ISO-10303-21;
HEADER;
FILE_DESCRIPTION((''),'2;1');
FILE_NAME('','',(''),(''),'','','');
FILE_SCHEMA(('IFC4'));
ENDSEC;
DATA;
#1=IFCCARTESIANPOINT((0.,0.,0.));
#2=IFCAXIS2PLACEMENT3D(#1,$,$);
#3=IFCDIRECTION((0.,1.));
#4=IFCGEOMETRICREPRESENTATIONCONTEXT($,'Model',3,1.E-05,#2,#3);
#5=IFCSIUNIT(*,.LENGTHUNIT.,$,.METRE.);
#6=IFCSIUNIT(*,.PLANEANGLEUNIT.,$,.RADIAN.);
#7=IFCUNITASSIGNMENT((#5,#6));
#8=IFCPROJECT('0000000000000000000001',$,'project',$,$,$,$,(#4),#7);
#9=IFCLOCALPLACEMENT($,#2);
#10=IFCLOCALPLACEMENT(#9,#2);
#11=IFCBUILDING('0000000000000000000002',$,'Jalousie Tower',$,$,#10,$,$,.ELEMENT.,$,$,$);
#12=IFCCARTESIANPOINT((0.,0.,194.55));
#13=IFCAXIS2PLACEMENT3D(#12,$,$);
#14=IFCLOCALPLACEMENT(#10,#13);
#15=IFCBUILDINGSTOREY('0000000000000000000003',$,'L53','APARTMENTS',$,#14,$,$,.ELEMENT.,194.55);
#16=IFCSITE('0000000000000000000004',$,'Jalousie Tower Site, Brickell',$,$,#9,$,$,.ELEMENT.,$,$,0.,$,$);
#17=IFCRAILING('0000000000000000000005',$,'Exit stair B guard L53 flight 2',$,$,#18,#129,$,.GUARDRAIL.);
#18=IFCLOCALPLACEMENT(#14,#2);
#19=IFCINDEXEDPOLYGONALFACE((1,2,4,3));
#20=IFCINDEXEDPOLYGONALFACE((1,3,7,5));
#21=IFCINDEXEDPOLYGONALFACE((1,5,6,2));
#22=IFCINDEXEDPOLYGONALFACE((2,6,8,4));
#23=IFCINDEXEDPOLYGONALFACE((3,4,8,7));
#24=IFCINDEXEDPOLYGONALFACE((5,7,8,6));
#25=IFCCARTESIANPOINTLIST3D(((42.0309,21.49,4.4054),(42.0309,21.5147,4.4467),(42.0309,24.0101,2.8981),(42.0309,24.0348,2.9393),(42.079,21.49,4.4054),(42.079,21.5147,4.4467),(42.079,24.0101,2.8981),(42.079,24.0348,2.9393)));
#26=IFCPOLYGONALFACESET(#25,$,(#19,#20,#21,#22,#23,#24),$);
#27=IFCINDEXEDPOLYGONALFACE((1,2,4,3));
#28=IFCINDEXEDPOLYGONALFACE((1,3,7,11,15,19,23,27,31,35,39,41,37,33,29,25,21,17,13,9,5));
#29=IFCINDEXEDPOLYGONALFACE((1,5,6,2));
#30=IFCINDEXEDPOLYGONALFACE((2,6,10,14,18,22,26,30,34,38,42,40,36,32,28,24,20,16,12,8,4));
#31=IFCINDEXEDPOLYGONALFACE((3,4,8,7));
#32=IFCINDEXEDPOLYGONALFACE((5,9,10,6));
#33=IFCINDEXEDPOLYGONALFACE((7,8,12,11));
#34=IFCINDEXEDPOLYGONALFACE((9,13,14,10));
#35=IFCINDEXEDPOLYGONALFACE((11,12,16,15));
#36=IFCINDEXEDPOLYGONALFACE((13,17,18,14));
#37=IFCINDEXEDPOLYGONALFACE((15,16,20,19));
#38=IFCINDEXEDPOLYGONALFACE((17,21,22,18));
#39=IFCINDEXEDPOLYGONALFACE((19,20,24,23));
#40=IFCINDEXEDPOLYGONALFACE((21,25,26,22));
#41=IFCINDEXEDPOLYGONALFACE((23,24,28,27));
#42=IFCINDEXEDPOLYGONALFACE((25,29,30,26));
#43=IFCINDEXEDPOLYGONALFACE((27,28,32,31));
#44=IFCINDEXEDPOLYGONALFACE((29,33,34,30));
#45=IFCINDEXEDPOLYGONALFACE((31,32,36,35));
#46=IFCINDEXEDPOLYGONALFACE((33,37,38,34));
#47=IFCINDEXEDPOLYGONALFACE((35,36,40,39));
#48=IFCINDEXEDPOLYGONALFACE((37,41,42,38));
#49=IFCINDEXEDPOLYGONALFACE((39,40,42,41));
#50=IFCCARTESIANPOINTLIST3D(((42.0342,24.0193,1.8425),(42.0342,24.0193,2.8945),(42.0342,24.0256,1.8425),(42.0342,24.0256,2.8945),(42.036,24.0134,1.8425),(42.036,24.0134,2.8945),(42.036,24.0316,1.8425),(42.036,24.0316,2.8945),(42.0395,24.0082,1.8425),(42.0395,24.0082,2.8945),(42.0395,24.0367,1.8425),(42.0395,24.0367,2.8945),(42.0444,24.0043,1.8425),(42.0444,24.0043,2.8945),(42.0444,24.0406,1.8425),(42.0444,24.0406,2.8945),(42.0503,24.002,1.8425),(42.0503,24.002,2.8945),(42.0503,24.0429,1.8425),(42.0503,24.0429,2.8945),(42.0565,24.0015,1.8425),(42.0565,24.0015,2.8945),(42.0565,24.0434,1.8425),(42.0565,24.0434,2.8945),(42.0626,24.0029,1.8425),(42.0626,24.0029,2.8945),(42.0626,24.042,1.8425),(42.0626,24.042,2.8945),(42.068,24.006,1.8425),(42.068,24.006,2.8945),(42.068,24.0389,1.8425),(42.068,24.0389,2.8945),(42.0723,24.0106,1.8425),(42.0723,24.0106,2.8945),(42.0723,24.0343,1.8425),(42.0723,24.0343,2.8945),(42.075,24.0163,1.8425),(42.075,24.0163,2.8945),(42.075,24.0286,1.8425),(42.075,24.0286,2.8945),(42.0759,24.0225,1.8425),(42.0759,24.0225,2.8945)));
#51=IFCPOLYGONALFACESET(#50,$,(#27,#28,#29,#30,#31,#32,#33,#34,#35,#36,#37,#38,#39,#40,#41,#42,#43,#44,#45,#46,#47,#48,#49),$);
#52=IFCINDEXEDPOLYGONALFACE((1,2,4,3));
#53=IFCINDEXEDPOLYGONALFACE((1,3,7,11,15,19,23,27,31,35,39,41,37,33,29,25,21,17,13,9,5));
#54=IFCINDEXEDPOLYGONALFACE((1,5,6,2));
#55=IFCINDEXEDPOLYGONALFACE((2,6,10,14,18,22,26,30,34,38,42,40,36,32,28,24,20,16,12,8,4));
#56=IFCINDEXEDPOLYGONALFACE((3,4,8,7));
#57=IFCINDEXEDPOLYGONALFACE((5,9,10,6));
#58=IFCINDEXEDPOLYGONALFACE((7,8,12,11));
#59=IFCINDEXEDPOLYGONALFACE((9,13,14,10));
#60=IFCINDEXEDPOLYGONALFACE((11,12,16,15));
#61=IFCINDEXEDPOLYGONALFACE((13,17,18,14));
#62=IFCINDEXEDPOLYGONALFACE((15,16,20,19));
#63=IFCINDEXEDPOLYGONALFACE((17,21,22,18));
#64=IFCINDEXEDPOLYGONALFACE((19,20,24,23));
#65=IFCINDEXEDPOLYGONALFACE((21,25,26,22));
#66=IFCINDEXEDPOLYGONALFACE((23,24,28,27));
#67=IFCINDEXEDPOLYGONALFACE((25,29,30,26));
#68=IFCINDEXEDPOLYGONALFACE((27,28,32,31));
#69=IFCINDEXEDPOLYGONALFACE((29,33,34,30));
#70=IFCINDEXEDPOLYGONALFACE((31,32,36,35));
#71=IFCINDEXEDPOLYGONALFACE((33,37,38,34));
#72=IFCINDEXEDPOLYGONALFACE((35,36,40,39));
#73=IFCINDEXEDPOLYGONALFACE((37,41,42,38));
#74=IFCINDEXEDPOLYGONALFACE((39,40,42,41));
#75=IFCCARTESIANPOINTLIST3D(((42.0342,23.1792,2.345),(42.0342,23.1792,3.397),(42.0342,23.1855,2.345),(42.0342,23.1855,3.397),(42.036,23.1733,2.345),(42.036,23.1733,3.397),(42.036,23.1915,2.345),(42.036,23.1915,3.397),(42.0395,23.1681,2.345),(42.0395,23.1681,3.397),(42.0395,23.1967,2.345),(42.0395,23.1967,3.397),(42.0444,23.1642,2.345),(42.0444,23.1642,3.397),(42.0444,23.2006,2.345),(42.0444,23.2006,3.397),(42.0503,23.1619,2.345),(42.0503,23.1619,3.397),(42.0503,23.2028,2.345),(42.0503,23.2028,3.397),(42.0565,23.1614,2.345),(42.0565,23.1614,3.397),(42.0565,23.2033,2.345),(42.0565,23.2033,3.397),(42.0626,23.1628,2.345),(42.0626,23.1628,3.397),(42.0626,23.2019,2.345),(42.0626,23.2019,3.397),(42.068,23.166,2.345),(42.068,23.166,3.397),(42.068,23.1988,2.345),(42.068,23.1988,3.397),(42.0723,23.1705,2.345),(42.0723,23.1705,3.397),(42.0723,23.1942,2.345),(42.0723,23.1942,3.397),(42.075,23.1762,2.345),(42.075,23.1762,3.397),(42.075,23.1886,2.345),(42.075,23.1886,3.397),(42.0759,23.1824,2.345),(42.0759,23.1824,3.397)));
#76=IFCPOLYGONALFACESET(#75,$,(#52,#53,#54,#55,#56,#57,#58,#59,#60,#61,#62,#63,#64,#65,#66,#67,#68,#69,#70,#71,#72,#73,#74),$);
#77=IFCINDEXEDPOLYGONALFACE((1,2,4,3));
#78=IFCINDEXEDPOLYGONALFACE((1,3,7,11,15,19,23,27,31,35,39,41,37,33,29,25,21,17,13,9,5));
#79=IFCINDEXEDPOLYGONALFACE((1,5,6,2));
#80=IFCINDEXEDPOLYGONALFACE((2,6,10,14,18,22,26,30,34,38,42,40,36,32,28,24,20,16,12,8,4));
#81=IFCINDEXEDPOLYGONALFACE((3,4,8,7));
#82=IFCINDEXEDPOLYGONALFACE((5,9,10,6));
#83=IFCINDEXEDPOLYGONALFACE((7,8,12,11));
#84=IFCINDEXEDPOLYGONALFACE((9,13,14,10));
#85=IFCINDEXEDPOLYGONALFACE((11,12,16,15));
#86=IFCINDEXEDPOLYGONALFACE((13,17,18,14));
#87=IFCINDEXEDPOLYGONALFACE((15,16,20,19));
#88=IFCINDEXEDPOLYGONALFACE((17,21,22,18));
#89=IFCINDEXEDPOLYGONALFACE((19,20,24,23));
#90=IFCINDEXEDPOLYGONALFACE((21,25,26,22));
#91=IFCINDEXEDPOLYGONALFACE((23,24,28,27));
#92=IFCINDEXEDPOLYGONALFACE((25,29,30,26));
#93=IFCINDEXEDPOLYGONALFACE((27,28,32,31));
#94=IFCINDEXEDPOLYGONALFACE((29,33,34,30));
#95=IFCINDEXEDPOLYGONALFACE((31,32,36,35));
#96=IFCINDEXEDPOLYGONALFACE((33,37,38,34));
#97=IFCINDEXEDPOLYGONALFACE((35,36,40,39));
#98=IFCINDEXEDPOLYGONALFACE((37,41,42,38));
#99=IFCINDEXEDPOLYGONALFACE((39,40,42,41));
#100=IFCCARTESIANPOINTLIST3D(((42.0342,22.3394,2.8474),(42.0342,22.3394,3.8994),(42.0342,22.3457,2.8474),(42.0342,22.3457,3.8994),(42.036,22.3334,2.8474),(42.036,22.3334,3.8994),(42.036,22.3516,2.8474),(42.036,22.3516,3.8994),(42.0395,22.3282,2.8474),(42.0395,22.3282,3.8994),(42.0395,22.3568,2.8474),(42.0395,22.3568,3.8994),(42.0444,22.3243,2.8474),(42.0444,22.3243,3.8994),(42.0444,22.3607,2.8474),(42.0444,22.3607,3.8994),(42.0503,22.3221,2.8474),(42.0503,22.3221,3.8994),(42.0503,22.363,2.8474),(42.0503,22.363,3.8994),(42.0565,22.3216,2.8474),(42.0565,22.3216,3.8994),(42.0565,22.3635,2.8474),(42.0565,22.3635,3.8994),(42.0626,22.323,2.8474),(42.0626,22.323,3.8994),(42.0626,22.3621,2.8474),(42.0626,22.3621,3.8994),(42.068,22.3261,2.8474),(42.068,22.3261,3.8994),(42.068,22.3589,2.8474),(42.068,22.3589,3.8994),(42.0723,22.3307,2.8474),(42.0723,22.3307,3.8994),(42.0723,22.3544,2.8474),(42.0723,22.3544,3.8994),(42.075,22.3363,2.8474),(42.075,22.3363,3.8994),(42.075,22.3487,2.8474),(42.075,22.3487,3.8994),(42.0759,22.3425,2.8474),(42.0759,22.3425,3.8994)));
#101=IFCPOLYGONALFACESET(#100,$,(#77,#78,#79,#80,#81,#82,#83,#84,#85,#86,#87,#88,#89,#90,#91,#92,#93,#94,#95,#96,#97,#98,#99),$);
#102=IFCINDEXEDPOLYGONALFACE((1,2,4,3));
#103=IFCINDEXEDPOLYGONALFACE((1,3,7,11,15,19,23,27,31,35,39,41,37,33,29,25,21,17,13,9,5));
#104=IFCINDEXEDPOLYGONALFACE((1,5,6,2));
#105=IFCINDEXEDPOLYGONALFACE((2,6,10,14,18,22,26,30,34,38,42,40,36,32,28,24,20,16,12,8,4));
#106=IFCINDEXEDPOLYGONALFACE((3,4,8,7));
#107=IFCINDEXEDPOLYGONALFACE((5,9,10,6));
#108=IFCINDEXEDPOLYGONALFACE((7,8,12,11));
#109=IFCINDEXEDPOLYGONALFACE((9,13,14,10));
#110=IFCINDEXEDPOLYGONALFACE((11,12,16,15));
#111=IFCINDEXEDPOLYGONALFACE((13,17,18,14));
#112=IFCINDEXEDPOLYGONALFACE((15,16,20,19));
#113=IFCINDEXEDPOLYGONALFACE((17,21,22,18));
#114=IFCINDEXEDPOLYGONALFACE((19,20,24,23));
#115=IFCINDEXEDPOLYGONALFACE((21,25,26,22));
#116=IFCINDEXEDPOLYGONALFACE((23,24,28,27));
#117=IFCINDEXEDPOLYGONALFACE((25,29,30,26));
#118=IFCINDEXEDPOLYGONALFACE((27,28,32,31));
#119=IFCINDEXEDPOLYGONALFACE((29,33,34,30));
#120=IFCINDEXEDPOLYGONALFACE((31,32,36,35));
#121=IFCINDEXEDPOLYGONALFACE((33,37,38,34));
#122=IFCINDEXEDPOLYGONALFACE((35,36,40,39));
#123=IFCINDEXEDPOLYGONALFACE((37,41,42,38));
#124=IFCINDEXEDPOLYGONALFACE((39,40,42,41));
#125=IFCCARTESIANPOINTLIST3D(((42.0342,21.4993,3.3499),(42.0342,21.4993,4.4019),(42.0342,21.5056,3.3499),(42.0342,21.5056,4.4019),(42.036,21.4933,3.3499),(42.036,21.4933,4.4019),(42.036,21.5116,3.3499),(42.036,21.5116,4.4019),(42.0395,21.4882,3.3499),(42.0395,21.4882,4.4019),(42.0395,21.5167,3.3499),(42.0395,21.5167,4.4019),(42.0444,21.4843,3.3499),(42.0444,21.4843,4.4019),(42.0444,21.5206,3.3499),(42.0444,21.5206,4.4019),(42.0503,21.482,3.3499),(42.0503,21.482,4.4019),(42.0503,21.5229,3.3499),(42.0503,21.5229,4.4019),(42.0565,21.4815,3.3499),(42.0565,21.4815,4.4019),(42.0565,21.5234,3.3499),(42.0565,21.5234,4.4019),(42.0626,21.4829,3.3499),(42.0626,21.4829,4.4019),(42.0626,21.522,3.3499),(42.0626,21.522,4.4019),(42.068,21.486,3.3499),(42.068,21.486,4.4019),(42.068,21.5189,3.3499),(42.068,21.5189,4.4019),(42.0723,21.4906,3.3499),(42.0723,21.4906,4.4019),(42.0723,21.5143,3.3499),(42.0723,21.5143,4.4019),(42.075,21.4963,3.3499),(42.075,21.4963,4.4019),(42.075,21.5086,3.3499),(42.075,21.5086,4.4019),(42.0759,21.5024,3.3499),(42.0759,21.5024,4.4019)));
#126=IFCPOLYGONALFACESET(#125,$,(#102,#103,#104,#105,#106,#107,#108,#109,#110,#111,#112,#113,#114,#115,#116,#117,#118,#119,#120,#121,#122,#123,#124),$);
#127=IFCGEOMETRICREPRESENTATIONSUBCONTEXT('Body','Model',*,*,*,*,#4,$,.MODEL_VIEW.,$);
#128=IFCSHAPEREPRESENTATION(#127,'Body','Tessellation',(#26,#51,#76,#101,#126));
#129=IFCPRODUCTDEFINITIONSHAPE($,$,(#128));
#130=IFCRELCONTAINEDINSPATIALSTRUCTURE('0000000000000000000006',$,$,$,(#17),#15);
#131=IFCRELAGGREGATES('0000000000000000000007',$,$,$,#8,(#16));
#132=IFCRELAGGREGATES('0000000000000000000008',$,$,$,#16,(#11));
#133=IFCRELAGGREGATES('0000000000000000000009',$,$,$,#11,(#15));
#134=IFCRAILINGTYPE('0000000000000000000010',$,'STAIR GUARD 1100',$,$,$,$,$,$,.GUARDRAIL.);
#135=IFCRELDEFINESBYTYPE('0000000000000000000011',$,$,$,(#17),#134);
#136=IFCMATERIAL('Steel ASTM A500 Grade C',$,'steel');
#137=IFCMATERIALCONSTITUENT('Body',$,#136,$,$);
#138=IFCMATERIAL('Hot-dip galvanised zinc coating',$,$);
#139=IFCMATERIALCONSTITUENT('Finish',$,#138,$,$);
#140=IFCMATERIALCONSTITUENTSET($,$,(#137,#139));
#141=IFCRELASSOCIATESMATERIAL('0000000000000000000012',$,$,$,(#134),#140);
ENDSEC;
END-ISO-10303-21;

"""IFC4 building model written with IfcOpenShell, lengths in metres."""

from ifc_helpers import new_model, si_unit, direction, frame, origin, origin_2d, place, context, subcontext, project, spatial, rectangle, circle, extrude, material, constituent, constituent_set, type_object, element, save


model = new_model("IFC4")

# Units and contexts
model_context = context("Model", 3, precision=1e-05, world=origin(), true_north=direction((0.0, 1.0)))
body_context = subcontext(model_context, "Body", "Model", "MODEL_VIEW")
ifc_project = project(units=[si_unit("LENGTHUNIT", "METRE"), si_unit("PLANEANGLEUNIT", "RADIAN")], contexts=[model_context])

# Site, building, storey
site_placement = place(None, origin())
site = spatial("IfcSite", under=ifc_project, at=site_placement, Name="Jalousie Tower Site, Brickell", CompositionType="ELEMENT", RefElevation=0.0)
building_placement = place(site_placement, origin())
building = spatial("IfcBuilding", under=site, at=building_placement, Name="Jalousie Tower", CompositionType="ELEMENT")
storey_placement = place(building_placement, frame((0.0, 0.0, 194.55)))
storey = spatial("IfcBuildingStorey", under=building, at=storey_placement, Name="L53", Description="APARTMENTS", CompositionType="ELEMENT", Elevation=194.55)

# Railing
ifc_material_1 = material(Name="Steel ASTM A500 Grade C", Category="steel")
ifc_constituent_1 = constituent(ifc_material_1, Name="Body")
ifc_material_2 = material(Name="Hot-dip galvanised zinc coating")
ifc_constituent_2 = constituent(ifc_material_2, Name="Finish")
ifc_constituent_set_1 = constituent_set(constituents=[ifc_constituent_1, ifc_constituent_2])
railing_type_1 = type_object("IfcRailingType", Name="STAIR GUARD 1100", PredefinedType="GUARDRAIL", material=ifc_constituent_set_1)
railing_1_placement = place(storey_placement, frame((42.0549, 24.0225, 1.8425)))
element("IfcRailing", 1, at=railing_1_placement, inside=storey, type_object=railing_type_1, Name="Exit stair B guard L53 flight 2", PredefinedType="GUARDRAIL", context=body_context, shape_type="SweptSolid", body=[
    extrude(rectangle(XDim=0.0481, YDim=0.0481, at=origin_2d()), frame((0.0, 0.0, 1.0762), z_axis=(0.0, -0.858196, 0.513321), x_axis=(1.0, 0.0, 0.0)), (0.0, 0.0, 1.0), 2.9365),
    extrude(circle(Radius=0.021, at=origin_2d()), origin(), (0.0, 0.0, 1.0), 1.052),
    extrude(circle(Radius=0.021, at=origin_2d()), frame((0.0, -0.8401, 0.5024)), (0.0, 0.0, 1.0), 1.052),
    extrude(circle(Radius=0.021, at=origin_2d()), frame((0.0, -1.6799, 1.0049)), (0.0, 0.0, 1.0), 1.052),
    extrude(circle(Radius=0.021, at=origin_2d()), frame((0.0, -2.52, 1.5073)), (0.0, 0.0, 1.0), 1.052),
])

save(model, "model.ifc")
